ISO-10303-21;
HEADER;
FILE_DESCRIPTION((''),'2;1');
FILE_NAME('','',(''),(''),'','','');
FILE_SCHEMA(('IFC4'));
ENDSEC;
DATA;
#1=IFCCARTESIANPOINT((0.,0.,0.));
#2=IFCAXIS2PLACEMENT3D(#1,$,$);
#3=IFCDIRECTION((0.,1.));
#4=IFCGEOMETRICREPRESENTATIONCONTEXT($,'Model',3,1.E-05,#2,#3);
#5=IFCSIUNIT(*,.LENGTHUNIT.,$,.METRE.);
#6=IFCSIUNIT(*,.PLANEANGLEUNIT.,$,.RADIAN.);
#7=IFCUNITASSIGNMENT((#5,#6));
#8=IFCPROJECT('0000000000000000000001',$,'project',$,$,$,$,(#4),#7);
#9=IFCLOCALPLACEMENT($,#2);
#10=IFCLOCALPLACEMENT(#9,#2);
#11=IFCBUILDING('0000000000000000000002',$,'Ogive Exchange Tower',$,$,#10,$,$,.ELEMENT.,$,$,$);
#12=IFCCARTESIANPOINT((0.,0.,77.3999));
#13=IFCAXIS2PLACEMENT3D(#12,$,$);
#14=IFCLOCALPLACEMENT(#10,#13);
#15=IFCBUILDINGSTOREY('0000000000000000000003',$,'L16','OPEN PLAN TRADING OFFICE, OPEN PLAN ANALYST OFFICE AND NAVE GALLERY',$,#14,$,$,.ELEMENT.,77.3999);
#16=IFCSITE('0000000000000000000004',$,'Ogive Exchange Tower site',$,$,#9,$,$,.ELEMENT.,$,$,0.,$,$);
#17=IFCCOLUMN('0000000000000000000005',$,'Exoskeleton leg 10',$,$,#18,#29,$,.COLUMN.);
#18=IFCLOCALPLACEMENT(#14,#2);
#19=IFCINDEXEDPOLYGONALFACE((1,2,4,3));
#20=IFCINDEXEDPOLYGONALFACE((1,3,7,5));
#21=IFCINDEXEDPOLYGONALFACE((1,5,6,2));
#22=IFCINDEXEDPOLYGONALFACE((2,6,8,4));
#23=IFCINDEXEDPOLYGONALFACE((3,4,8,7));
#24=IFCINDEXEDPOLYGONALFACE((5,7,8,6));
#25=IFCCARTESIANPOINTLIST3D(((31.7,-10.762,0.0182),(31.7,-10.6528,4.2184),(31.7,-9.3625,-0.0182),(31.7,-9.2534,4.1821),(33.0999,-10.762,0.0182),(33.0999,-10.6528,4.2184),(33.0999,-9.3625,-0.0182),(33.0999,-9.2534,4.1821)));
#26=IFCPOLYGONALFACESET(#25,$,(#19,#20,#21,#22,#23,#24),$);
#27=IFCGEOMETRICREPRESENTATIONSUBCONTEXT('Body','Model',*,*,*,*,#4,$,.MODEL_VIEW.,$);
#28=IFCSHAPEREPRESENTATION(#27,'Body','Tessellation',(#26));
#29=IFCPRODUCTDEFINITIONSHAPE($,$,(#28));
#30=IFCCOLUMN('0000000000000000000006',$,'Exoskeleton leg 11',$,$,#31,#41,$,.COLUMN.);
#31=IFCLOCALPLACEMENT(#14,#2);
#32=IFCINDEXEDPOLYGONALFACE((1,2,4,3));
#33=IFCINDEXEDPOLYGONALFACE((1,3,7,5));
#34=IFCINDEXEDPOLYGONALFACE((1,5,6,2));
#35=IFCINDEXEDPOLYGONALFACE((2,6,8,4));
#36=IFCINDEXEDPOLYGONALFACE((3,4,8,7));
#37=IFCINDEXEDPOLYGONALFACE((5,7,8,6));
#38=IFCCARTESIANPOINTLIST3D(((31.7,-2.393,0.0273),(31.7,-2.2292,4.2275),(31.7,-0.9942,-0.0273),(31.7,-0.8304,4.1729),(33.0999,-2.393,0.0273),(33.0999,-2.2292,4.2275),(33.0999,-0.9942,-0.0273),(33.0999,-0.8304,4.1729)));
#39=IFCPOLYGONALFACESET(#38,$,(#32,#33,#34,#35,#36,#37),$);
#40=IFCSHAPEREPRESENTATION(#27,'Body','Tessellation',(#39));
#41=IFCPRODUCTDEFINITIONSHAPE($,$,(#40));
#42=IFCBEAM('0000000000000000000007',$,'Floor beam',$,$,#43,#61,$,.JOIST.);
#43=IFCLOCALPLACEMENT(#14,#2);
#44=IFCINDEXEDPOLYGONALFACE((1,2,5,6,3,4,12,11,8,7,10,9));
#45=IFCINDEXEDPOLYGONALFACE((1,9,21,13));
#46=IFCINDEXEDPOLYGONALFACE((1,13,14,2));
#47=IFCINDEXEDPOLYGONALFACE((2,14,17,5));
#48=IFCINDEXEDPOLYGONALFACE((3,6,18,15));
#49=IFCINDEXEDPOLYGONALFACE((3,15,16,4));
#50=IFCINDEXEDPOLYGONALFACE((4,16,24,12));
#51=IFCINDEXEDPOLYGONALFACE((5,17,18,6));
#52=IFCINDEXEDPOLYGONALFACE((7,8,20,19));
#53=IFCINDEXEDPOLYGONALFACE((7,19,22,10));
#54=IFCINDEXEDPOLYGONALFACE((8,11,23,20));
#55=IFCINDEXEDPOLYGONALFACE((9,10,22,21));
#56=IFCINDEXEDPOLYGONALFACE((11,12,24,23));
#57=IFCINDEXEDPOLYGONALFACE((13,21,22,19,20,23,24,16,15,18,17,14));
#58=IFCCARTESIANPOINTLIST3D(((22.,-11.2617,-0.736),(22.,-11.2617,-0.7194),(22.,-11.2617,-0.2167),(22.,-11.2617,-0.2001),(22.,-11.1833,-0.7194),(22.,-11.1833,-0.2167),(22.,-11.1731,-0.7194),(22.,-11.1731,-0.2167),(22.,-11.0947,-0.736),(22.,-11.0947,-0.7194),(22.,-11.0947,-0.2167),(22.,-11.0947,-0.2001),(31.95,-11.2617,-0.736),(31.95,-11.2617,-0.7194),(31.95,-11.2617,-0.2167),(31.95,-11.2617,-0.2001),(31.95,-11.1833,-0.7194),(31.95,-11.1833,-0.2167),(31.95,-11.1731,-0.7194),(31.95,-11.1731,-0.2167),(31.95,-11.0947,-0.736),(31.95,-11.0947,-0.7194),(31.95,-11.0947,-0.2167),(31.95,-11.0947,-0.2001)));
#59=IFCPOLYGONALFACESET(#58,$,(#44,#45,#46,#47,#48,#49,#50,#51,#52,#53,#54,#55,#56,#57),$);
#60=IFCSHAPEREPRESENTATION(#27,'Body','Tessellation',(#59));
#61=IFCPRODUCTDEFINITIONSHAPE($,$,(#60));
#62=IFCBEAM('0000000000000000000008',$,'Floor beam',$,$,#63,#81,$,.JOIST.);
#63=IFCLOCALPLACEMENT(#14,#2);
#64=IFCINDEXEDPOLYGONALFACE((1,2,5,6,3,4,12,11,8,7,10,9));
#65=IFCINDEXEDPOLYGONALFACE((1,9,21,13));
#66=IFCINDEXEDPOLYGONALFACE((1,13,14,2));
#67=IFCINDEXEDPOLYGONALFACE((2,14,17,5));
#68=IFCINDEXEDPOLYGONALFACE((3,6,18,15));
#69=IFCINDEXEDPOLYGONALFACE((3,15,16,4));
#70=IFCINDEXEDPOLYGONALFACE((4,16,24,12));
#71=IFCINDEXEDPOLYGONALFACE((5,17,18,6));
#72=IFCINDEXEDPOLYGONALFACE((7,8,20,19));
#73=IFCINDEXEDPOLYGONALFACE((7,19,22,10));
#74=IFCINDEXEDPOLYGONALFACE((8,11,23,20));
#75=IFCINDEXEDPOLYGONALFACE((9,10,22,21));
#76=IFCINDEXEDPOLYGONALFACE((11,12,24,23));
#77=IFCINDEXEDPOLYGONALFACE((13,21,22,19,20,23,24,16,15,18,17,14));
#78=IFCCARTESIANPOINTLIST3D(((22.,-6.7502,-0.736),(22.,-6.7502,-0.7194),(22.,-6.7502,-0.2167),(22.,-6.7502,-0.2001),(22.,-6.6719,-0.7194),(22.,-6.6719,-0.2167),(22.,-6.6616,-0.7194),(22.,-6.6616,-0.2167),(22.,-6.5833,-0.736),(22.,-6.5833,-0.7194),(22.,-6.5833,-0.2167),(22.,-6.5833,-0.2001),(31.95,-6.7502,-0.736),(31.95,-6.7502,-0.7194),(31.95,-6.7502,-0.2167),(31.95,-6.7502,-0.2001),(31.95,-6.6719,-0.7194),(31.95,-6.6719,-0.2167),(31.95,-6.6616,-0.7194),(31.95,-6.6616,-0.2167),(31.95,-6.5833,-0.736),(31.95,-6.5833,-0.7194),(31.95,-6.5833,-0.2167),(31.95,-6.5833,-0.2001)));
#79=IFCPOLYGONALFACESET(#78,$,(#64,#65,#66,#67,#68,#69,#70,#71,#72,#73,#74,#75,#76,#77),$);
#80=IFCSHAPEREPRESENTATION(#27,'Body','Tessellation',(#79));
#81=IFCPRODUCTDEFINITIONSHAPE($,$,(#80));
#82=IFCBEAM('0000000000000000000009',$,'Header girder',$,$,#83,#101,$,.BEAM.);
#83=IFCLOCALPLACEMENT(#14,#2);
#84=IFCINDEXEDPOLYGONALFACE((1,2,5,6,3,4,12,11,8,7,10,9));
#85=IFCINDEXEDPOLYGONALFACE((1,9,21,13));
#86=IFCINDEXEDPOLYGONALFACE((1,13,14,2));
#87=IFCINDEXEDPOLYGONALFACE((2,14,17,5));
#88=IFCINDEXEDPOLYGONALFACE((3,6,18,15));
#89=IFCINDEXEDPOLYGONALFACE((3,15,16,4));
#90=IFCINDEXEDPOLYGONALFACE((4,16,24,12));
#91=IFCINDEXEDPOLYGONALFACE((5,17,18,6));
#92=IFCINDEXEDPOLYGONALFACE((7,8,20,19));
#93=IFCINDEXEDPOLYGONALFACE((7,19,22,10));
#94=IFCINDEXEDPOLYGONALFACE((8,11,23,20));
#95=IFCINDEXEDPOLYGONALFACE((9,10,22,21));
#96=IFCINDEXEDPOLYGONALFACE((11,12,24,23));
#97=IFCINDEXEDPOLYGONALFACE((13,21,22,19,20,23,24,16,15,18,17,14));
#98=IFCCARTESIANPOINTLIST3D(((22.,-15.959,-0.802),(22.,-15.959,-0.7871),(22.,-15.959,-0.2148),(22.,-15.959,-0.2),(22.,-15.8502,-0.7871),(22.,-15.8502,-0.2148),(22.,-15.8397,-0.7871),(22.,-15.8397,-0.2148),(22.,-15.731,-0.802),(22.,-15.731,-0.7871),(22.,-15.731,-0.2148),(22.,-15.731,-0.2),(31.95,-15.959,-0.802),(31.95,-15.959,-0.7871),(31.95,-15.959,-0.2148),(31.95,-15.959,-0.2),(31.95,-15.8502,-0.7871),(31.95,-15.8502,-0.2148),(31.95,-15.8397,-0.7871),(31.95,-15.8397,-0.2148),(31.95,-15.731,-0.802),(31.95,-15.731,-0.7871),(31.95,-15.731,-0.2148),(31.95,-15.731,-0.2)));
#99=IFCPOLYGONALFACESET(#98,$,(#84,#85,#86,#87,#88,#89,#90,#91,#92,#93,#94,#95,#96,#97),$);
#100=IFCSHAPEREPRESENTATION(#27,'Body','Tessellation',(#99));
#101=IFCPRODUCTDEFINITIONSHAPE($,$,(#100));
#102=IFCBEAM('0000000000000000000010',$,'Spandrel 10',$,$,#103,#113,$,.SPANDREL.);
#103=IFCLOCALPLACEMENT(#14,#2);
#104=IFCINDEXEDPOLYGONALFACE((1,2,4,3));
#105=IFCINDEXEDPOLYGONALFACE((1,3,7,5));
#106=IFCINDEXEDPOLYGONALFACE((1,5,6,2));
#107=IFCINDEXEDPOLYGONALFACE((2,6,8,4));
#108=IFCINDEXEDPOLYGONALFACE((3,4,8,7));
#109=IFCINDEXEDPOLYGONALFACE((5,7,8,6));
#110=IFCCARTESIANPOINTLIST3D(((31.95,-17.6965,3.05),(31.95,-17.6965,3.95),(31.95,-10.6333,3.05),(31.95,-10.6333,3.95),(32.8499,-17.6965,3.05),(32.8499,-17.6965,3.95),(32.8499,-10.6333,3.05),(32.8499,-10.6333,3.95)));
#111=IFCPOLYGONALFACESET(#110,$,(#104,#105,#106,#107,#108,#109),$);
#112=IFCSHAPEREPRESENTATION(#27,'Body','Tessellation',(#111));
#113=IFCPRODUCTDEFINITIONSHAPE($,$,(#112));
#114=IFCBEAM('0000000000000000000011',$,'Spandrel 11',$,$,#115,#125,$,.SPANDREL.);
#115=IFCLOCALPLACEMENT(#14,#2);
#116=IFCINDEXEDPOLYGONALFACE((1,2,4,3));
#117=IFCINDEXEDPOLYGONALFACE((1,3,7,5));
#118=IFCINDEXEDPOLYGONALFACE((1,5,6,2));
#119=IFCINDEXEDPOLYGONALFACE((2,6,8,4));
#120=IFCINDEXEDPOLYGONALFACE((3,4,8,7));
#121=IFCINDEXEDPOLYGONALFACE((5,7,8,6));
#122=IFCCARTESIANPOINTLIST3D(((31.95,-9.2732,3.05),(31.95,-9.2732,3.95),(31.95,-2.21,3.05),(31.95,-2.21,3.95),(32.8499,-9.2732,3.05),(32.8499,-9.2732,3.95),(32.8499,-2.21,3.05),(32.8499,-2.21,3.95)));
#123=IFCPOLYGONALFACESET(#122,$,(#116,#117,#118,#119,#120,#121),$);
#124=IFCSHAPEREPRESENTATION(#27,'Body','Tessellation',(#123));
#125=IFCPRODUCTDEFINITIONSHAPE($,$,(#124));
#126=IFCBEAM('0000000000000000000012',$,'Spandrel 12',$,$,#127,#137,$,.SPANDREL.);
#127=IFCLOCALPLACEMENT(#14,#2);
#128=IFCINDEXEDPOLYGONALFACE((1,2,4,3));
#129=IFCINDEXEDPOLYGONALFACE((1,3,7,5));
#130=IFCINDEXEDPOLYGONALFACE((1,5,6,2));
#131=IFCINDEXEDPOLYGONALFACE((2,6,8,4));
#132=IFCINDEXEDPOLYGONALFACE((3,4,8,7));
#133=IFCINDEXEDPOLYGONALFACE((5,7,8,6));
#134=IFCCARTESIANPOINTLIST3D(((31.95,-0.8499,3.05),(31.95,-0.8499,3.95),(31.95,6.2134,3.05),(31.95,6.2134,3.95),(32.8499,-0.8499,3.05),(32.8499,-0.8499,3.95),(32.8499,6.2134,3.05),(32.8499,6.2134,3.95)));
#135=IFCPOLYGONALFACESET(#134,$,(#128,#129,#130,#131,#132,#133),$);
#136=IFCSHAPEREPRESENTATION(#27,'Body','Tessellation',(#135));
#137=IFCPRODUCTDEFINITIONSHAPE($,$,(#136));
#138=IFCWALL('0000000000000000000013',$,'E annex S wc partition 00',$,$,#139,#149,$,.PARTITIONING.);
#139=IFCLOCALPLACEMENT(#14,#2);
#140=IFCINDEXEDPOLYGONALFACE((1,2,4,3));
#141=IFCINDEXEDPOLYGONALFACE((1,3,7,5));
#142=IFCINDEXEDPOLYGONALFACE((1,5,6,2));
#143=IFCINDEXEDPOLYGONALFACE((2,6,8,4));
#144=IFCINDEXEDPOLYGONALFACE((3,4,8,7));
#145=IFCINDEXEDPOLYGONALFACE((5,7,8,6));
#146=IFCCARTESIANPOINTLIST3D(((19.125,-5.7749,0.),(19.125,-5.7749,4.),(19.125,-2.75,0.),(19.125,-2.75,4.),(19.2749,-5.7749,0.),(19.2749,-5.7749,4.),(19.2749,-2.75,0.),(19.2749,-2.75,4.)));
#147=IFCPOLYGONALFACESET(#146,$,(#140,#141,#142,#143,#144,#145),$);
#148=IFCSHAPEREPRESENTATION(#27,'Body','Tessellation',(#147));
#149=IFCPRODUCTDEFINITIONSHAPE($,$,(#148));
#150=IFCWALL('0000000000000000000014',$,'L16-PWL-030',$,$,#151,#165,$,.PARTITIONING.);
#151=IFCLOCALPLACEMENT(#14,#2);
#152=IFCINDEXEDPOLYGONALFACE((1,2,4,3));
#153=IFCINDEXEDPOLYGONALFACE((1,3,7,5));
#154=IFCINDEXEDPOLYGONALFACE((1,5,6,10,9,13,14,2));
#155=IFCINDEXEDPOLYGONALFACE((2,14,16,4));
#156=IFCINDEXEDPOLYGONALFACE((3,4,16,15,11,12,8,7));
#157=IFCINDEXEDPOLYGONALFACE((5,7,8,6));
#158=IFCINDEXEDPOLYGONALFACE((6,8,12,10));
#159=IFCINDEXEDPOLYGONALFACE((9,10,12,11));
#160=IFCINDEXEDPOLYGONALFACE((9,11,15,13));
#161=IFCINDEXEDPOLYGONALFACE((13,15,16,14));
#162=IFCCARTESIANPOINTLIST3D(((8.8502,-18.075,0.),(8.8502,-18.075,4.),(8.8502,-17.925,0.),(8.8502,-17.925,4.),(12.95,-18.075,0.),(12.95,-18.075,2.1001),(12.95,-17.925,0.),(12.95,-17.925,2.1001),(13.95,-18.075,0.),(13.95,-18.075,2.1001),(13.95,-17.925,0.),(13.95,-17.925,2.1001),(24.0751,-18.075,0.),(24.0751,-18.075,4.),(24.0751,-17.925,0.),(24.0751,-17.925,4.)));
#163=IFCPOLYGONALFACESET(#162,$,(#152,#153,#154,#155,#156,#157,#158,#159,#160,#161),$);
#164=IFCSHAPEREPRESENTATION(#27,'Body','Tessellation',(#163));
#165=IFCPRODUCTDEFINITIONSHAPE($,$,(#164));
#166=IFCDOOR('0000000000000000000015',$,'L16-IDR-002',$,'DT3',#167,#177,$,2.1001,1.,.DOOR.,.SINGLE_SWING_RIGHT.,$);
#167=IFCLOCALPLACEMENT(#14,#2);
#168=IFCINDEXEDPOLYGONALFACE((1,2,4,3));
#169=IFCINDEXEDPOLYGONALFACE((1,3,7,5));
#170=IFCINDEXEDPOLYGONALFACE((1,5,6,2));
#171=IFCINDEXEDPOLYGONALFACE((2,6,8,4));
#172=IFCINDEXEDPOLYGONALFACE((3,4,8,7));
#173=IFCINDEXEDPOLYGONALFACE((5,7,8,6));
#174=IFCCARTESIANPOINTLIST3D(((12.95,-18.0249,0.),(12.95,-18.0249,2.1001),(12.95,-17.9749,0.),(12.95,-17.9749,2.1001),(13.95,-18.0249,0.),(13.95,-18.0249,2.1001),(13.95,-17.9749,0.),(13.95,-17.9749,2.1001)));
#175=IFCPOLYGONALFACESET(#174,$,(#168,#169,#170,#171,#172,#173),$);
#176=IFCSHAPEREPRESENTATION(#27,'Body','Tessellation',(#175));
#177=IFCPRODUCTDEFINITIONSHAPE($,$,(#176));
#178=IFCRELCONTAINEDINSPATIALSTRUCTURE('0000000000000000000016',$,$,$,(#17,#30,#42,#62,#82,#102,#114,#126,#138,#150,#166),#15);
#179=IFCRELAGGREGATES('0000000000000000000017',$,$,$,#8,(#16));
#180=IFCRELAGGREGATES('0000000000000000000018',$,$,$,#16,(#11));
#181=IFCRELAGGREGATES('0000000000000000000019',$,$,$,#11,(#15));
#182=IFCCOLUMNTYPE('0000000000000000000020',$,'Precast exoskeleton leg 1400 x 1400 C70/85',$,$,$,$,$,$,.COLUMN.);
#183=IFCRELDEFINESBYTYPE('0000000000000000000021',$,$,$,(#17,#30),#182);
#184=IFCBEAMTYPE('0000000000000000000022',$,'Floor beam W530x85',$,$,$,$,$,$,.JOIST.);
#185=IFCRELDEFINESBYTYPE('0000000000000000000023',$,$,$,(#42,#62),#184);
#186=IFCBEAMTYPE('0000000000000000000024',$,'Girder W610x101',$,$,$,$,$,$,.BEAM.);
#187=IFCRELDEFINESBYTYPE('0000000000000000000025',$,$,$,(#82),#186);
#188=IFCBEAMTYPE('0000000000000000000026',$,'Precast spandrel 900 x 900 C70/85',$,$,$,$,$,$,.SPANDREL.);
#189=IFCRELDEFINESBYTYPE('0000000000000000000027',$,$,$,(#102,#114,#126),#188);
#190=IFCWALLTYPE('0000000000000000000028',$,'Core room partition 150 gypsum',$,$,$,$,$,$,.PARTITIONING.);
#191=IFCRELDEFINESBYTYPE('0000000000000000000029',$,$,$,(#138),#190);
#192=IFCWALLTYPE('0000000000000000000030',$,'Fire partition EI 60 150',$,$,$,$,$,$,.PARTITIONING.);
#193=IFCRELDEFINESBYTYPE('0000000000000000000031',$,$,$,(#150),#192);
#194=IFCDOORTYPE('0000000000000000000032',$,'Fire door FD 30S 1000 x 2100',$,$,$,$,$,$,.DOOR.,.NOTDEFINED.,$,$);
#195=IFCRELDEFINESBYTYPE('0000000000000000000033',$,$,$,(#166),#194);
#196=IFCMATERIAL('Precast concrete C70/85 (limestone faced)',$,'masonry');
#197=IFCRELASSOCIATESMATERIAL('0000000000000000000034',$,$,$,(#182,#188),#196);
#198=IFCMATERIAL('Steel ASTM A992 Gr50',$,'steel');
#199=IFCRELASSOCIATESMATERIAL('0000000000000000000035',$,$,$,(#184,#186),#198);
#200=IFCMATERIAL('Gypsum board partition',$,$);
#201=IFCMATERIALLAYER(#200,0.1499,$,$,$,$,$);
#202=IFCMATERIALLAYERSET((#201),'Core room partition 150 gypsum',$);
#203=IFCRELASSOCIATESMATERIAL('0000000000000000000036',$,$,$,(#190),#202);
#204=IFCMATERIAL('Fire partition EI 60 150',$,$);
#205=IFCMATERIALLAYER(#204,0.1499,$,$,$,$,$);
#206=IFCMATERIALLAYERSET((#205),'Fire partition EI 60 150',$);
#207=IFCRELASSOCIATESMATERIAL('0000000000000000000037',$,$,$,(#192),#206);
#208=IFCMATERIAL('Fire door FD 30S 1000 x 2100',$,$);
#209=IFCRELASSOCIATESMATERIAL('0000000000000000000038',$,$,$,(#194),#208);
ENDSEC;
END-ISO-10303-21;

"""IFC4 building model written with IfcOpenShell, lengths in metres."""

from ifc_helpers import new_model, si_unit, direction, frame, frame_2d, origin, origin_2d, place, context, subcontext, project, spatial, rectangle, i_section, extrude, material, layer, layer_set, material_profile, profile_set, type_object, element, fill, save


model = new_model("IFC4")

# Units and contexts
model_context = context("Model", 3, precision=1e-05, world=origin(), true_north=direction((0.0, 1.0)))
body_context = subcontext(model_context, "Body", "Model", "MODEL_VIEW")
ifc_project = project(units=[si_unit("LENGTHUNIT", "METRE"), si_unit("PLANEANGLEUNIT", "RADIAN")], contexts=[model_context])

# Site, building, storey
site_placement = place(None, origin())
site = spatial("IfcSite", under=ifc_project, at=site_placement, Name="Ogive Exchange Tower site", CompositionType="ELEMENT", RefElevation=0.0)
building_placement = place(site_placement, origin())
building = spatial("IfcBuilding", under=site, at=building_placement, Name="Ogive Exchange Tower", CompositionType="ELEMENT")
storey_placement = place(building_placement, frame((0.0, 0.0, 77.3999)))
storey = spatial("IfcBuildingStorey", under=building, at=storey_placement, Name="L16", Description="OPEN PLAN TRADING OFFICE, OPEN PLAN ANALYST OFFICE AND NAVE GALLERY", CompositionType="ELEMENT", Elevation=77.3999)

# Columns
ifc_material_1 = material(Name="Precast concrete C70/85 (limestone faced)", Category="masonry")
ifc_material_profile_1 = material_profile(ifc_material_1, rectangle(XDim=1.3999, YDim=1.3999, at=origin_2d()), Name="1400 x 1400")
ifc_profile_set_1 = profile_set([ifc_material_profile_1], Name="Precast concrete C70/85 (limestone faced)")
column_type = type_object("IfcColumnType", Name="Precast exoskeleton leg 1400 x 1400 C70/85", PredefinedType="COLUMN", material=ifc_profile_set_1)
column_1_placement = place(storey_placement, frame((32.3999, -10.0623, 0.0), z_axis=(0.0, 0.025974, 0.999663), x_axis=(-1.0, 0.0, 0.0)))
element("IfcColumn", 1, at=column_1_placement, inside=storey, type_object=column_type, Name="Exoskeleton leg 10", PredefinedType="COLUMN", context=body_context, shape_type="SweptSolid", body=[
    extrude(rectangle(XDim=1.3999, YDim=1.3999, at=origin_2d()), origin(), (0.0, 0.0, 1.0), 4.2017),
])
column_2_placement = place(storey_placement, frame((32.3999, -1.6936, 0.0), z_axis=(0.0, 0.038973, 0.99924), x_axis=(-1.0, 0.0, 0.0)))
element("IfcColumn", 2, at=column_2_placement, inside=storey, type_object=column_type, Name="Exoskeleton leg 11", PredefinedType="COLUMN", context=body_context, shape_type="SweptSolid", body=[
    extrude(rectangle(XDim=1.3999, YDim=1.3999, at=origin_2d()), origin(), (0.0, 0.0, 1.0), 4.2034),
])

# Beams
ifc_material_2 = material(Name="Steel ASTM A992 Gr50", Category="steel")
ifc_material_profile_2 = material_profile(ifc_material_2, i_section(OverallWidth=0.167, OverallDepth=0.5359, WebThickness=0.0103, FlangeThickness=0.0166, at=origin_2d()), Name="W530x85")
ifc_profile_set_2 = profile_set([ifc_material_profile_2], Name="Steel ASTM A992 Gr50")
beam_type_1 = type_object("IfcBeamType", Name="Floor beam W530x85", PredefinedType="JOIST", material=ifc_profile_set_2)
for number, where, z_axis, x_axis, name in (
    (3, (22.0, -11.1782, -0.468), (1.0, 0.0, 0.0), (0.0, 1.0, 0.0), "Floor beam"),
    (4, (22.0, -6.6667, -0.468), (1.0, 0.0, 0.0), (0.0, 1.0, 0.0), "Floor beam"),
):
    element("IfcBeam", number, at=place(storey_placement, frame(where, z_axis=z_axis, x_axis=x_axis)), inside=storey, type_object=beam_type_1, Name=name, PredefinedType="JOIST", context=body_context, shape_type="SweptSolid", body=[
        extrude(i_section(OverallWidth=0.167, OverallDepth=0.5359, WebThickness=0.0103, FlangeThickness=0.0166, at=origin_2d()), origin(), (0.0, 0.0, 1.0), 9.95),
    ])
ifc_material_profile_3 = material_profile(ifc_material_2, i_section(OverallWidth=0.228, OverallDepth=0.6021, WebThickness=0.0105, FlangeThickness=0.0149, at=origin_2d()), Name="W610x101")
ifc_profile_set_3 = profile_set([ifc_material_profile_3], Name="Steel ASTM A992 Gr50")
beam_type_2 = type_object("IfcBeamType", Name="Girder W610x101", PredefinedType="BEAM", material=ifc_profile_set_3)
beam_placement = place(storey_placement, frame((22.0, -15.845, -0.501), z_axis=(1.0, 0.0, 0.0), x_axis=(0.0, 1.0, 0.0)))
element("IfcBeam", 5, at=beam_placement, inside=storey, type_object=beam_type_2, Name="Header girder", PredefinedType="BEAM", context=body_context, shape_type="SweptSolid", body=[
    extrude(i_section(OverallWidth=0.228, OverallDepth=0.6021, WebThickness=0.0105, FlangeThickness=0.0149, at=origin_2d()), origin(), (0.0, 0.0, 1.0), 9.95),
])
ifc_material_profile_4 = material_profile(ifc_material_1, rectangle(XDim=0.8999, YDim=0.8999, at=origin_2d()), Name="900 x 900")
ifc_profile_set_4 = profile_set([ifc_material_profile_4], Name="Precast concrete C70/85 (limestone faced)")
beam_type_3 = type_object("IfcBeamType", Name="Precast spandrel 900 x 900 C70/85", PredefinedType="SPANDREL", material=ifc_profile_set_4)
for number, where, z_axis, x_axis, name in (
    (6, (32.3999, -17.6965, 3.5), (0.0, 1.0, 0.0), (-1.0, 0.0, 0.0), "Spandrel 10"),
    (7, (32.3999, -9.2732, 3.5), (0.0, 1.0, 0.0), (-1.0, 0.0, 0.0), "Spandrel 11"),
    (8, (32.3999, -0.8499, 3.5), (0.0, 1.0, 0.0), (-1.0, 0.0, 0.0), "Spandrel 12"),
):
    element("IfcBeam", number, at=place(storey_placement, frame(where, z_axis=z_axis, x_axis=x_axis)), inside=storey, type_object=beam_type_3, Name=name, PredefinedType="SPANDREL", context=body_context, shape_type="SweptSolid", body=[
        extrude(rectangle(XDim=0.8999, YDim=0.8999, at=origin_2d()), origin(), (0.0, 0.0, 1.0), 7.0632),
    ])

# Wall
ifc_material_3 = material(Name="Gypsum board partition")
ifc_layer_1 = layer(ifc_material_3, 0.1499)
ifc_layer_set_1 = layer_set([ifc_layer_1], Name="Core room partition 150 gypsum")
wall_type_1 = type_object("IfcWallType", Name="Core room partition 150 gypsum", PredefinedType="PARTITIONING", material=ifc_layer_set_1)
wall_1_placement = place(storey_placement, frame((19.2, -5.7749, 0.0), z_axis=(0.0, 0.0, 1.0), x_axis=(0.0, 1.0, 0.0)))
element("IfcWall", 9, at=wall_1_placement, inside=storey, type_object=wall_type_1, Name="E annex S wc partition 00", PredefinedType="PARTITIONING", context=body_context, shape_type="SweptSolid", body=[
    extrude(rectangle(XDim=3.0249, YDim=0.1499, at=frame_2d((1.5125, 0.0))), origin(), (0.0, 0.0, 1.0), 4.0),
])

# Wall, opening, door
ifc_material_4 = material(Name="Fire partition EI 60 150")
ifc_layer_2 = layer(ifc_material_4, 0.1499)
ifc_layer_set_2 = layer_set([ifc_layer_2], Name="Fire partition EI 60 150")
wall_type_2 = type_object("IfcWallType", Name="Fire partition EI 60 150", PredefinedType="PARTITIONING", material=ifc_layer_set_2)
wall_2_placement = place(storey_placement, frame((24.075, -18.0, 0.0), z_axis=(0.0, 0.0, 1.0), x_axis=(-1.0, 0.0, 0.0)))
wall_2 = element("IfcWall", 10, at=wall_2_placement, inside=storey, type_object=wall_type_2, Name="L16-PWL-030", PredefinedType="PARTITIONING", context=body_context, shape_type="SweptSolid", body=[
    extrude(rectangle(XDim=15.2249, YDim=0.1499, at=frame_2d((7.6123, 0.0))), origin(), (0.0, 0.0, 1.0), 4.0),
])
opening_1_placement = place(wall_2_placement, frame((10.125, 0.0, 0.0)))
opening_1 = element("IfcOpeningElement", 11, at=opening_1_placement, cuts=wall_2, PredefinedType="OPENING", context=body_context, shape_type="SweptSolid", body=[
    extrude(rectangle(XDim=1.0, YDim=2.1001, at=frame_2d((0.5, 1.05))), frame((0.0, 0.085, 0.0), z_axis=(0.0, -1.0, 0.0), x_axis=(1.0, 0.0, 0.0)), (0.0, 0.0, 1.0), 0.1699),
])
ifc_material_5 = material(Name="Fire door FD 30S 1000 x 2100")
door_type_1 = type_object("IfcDoorType", Name="Fire door FD 30S 1000 x 2100", OperationType="NOTDEFINED", PredefinedType="DOOR", material=ifc_material_5)
door_1_placement = place(opening_1_placement, origin())
door_1 = element("IfcDoor", 12, at=door_1_placement, inside=storey, type_object=door_type_1, Name="L16-IDR-002", ObjectType="DT3", OperationType="SINGLE_SWING_RIGHT", OverallHeight=2.1001, OverallWidth=1.0, PredefinedType="DOOR", context=body_context, shape_type="SweptSolid", body=[
    extrude(rectangle(XDim=1.0, YDim=2.1001, at=frame_2d((0.5, 1.05))), frame((0.0, 0.0249, 0.0), z_axis=(0.0, -1.0, 0.0), x_axis=(1.0, 0.0, 0.0)), (0.0, 0.0, 1.0), 0.05),
])
fill(opening_1, door_1)

save(model, "model.ifc")
